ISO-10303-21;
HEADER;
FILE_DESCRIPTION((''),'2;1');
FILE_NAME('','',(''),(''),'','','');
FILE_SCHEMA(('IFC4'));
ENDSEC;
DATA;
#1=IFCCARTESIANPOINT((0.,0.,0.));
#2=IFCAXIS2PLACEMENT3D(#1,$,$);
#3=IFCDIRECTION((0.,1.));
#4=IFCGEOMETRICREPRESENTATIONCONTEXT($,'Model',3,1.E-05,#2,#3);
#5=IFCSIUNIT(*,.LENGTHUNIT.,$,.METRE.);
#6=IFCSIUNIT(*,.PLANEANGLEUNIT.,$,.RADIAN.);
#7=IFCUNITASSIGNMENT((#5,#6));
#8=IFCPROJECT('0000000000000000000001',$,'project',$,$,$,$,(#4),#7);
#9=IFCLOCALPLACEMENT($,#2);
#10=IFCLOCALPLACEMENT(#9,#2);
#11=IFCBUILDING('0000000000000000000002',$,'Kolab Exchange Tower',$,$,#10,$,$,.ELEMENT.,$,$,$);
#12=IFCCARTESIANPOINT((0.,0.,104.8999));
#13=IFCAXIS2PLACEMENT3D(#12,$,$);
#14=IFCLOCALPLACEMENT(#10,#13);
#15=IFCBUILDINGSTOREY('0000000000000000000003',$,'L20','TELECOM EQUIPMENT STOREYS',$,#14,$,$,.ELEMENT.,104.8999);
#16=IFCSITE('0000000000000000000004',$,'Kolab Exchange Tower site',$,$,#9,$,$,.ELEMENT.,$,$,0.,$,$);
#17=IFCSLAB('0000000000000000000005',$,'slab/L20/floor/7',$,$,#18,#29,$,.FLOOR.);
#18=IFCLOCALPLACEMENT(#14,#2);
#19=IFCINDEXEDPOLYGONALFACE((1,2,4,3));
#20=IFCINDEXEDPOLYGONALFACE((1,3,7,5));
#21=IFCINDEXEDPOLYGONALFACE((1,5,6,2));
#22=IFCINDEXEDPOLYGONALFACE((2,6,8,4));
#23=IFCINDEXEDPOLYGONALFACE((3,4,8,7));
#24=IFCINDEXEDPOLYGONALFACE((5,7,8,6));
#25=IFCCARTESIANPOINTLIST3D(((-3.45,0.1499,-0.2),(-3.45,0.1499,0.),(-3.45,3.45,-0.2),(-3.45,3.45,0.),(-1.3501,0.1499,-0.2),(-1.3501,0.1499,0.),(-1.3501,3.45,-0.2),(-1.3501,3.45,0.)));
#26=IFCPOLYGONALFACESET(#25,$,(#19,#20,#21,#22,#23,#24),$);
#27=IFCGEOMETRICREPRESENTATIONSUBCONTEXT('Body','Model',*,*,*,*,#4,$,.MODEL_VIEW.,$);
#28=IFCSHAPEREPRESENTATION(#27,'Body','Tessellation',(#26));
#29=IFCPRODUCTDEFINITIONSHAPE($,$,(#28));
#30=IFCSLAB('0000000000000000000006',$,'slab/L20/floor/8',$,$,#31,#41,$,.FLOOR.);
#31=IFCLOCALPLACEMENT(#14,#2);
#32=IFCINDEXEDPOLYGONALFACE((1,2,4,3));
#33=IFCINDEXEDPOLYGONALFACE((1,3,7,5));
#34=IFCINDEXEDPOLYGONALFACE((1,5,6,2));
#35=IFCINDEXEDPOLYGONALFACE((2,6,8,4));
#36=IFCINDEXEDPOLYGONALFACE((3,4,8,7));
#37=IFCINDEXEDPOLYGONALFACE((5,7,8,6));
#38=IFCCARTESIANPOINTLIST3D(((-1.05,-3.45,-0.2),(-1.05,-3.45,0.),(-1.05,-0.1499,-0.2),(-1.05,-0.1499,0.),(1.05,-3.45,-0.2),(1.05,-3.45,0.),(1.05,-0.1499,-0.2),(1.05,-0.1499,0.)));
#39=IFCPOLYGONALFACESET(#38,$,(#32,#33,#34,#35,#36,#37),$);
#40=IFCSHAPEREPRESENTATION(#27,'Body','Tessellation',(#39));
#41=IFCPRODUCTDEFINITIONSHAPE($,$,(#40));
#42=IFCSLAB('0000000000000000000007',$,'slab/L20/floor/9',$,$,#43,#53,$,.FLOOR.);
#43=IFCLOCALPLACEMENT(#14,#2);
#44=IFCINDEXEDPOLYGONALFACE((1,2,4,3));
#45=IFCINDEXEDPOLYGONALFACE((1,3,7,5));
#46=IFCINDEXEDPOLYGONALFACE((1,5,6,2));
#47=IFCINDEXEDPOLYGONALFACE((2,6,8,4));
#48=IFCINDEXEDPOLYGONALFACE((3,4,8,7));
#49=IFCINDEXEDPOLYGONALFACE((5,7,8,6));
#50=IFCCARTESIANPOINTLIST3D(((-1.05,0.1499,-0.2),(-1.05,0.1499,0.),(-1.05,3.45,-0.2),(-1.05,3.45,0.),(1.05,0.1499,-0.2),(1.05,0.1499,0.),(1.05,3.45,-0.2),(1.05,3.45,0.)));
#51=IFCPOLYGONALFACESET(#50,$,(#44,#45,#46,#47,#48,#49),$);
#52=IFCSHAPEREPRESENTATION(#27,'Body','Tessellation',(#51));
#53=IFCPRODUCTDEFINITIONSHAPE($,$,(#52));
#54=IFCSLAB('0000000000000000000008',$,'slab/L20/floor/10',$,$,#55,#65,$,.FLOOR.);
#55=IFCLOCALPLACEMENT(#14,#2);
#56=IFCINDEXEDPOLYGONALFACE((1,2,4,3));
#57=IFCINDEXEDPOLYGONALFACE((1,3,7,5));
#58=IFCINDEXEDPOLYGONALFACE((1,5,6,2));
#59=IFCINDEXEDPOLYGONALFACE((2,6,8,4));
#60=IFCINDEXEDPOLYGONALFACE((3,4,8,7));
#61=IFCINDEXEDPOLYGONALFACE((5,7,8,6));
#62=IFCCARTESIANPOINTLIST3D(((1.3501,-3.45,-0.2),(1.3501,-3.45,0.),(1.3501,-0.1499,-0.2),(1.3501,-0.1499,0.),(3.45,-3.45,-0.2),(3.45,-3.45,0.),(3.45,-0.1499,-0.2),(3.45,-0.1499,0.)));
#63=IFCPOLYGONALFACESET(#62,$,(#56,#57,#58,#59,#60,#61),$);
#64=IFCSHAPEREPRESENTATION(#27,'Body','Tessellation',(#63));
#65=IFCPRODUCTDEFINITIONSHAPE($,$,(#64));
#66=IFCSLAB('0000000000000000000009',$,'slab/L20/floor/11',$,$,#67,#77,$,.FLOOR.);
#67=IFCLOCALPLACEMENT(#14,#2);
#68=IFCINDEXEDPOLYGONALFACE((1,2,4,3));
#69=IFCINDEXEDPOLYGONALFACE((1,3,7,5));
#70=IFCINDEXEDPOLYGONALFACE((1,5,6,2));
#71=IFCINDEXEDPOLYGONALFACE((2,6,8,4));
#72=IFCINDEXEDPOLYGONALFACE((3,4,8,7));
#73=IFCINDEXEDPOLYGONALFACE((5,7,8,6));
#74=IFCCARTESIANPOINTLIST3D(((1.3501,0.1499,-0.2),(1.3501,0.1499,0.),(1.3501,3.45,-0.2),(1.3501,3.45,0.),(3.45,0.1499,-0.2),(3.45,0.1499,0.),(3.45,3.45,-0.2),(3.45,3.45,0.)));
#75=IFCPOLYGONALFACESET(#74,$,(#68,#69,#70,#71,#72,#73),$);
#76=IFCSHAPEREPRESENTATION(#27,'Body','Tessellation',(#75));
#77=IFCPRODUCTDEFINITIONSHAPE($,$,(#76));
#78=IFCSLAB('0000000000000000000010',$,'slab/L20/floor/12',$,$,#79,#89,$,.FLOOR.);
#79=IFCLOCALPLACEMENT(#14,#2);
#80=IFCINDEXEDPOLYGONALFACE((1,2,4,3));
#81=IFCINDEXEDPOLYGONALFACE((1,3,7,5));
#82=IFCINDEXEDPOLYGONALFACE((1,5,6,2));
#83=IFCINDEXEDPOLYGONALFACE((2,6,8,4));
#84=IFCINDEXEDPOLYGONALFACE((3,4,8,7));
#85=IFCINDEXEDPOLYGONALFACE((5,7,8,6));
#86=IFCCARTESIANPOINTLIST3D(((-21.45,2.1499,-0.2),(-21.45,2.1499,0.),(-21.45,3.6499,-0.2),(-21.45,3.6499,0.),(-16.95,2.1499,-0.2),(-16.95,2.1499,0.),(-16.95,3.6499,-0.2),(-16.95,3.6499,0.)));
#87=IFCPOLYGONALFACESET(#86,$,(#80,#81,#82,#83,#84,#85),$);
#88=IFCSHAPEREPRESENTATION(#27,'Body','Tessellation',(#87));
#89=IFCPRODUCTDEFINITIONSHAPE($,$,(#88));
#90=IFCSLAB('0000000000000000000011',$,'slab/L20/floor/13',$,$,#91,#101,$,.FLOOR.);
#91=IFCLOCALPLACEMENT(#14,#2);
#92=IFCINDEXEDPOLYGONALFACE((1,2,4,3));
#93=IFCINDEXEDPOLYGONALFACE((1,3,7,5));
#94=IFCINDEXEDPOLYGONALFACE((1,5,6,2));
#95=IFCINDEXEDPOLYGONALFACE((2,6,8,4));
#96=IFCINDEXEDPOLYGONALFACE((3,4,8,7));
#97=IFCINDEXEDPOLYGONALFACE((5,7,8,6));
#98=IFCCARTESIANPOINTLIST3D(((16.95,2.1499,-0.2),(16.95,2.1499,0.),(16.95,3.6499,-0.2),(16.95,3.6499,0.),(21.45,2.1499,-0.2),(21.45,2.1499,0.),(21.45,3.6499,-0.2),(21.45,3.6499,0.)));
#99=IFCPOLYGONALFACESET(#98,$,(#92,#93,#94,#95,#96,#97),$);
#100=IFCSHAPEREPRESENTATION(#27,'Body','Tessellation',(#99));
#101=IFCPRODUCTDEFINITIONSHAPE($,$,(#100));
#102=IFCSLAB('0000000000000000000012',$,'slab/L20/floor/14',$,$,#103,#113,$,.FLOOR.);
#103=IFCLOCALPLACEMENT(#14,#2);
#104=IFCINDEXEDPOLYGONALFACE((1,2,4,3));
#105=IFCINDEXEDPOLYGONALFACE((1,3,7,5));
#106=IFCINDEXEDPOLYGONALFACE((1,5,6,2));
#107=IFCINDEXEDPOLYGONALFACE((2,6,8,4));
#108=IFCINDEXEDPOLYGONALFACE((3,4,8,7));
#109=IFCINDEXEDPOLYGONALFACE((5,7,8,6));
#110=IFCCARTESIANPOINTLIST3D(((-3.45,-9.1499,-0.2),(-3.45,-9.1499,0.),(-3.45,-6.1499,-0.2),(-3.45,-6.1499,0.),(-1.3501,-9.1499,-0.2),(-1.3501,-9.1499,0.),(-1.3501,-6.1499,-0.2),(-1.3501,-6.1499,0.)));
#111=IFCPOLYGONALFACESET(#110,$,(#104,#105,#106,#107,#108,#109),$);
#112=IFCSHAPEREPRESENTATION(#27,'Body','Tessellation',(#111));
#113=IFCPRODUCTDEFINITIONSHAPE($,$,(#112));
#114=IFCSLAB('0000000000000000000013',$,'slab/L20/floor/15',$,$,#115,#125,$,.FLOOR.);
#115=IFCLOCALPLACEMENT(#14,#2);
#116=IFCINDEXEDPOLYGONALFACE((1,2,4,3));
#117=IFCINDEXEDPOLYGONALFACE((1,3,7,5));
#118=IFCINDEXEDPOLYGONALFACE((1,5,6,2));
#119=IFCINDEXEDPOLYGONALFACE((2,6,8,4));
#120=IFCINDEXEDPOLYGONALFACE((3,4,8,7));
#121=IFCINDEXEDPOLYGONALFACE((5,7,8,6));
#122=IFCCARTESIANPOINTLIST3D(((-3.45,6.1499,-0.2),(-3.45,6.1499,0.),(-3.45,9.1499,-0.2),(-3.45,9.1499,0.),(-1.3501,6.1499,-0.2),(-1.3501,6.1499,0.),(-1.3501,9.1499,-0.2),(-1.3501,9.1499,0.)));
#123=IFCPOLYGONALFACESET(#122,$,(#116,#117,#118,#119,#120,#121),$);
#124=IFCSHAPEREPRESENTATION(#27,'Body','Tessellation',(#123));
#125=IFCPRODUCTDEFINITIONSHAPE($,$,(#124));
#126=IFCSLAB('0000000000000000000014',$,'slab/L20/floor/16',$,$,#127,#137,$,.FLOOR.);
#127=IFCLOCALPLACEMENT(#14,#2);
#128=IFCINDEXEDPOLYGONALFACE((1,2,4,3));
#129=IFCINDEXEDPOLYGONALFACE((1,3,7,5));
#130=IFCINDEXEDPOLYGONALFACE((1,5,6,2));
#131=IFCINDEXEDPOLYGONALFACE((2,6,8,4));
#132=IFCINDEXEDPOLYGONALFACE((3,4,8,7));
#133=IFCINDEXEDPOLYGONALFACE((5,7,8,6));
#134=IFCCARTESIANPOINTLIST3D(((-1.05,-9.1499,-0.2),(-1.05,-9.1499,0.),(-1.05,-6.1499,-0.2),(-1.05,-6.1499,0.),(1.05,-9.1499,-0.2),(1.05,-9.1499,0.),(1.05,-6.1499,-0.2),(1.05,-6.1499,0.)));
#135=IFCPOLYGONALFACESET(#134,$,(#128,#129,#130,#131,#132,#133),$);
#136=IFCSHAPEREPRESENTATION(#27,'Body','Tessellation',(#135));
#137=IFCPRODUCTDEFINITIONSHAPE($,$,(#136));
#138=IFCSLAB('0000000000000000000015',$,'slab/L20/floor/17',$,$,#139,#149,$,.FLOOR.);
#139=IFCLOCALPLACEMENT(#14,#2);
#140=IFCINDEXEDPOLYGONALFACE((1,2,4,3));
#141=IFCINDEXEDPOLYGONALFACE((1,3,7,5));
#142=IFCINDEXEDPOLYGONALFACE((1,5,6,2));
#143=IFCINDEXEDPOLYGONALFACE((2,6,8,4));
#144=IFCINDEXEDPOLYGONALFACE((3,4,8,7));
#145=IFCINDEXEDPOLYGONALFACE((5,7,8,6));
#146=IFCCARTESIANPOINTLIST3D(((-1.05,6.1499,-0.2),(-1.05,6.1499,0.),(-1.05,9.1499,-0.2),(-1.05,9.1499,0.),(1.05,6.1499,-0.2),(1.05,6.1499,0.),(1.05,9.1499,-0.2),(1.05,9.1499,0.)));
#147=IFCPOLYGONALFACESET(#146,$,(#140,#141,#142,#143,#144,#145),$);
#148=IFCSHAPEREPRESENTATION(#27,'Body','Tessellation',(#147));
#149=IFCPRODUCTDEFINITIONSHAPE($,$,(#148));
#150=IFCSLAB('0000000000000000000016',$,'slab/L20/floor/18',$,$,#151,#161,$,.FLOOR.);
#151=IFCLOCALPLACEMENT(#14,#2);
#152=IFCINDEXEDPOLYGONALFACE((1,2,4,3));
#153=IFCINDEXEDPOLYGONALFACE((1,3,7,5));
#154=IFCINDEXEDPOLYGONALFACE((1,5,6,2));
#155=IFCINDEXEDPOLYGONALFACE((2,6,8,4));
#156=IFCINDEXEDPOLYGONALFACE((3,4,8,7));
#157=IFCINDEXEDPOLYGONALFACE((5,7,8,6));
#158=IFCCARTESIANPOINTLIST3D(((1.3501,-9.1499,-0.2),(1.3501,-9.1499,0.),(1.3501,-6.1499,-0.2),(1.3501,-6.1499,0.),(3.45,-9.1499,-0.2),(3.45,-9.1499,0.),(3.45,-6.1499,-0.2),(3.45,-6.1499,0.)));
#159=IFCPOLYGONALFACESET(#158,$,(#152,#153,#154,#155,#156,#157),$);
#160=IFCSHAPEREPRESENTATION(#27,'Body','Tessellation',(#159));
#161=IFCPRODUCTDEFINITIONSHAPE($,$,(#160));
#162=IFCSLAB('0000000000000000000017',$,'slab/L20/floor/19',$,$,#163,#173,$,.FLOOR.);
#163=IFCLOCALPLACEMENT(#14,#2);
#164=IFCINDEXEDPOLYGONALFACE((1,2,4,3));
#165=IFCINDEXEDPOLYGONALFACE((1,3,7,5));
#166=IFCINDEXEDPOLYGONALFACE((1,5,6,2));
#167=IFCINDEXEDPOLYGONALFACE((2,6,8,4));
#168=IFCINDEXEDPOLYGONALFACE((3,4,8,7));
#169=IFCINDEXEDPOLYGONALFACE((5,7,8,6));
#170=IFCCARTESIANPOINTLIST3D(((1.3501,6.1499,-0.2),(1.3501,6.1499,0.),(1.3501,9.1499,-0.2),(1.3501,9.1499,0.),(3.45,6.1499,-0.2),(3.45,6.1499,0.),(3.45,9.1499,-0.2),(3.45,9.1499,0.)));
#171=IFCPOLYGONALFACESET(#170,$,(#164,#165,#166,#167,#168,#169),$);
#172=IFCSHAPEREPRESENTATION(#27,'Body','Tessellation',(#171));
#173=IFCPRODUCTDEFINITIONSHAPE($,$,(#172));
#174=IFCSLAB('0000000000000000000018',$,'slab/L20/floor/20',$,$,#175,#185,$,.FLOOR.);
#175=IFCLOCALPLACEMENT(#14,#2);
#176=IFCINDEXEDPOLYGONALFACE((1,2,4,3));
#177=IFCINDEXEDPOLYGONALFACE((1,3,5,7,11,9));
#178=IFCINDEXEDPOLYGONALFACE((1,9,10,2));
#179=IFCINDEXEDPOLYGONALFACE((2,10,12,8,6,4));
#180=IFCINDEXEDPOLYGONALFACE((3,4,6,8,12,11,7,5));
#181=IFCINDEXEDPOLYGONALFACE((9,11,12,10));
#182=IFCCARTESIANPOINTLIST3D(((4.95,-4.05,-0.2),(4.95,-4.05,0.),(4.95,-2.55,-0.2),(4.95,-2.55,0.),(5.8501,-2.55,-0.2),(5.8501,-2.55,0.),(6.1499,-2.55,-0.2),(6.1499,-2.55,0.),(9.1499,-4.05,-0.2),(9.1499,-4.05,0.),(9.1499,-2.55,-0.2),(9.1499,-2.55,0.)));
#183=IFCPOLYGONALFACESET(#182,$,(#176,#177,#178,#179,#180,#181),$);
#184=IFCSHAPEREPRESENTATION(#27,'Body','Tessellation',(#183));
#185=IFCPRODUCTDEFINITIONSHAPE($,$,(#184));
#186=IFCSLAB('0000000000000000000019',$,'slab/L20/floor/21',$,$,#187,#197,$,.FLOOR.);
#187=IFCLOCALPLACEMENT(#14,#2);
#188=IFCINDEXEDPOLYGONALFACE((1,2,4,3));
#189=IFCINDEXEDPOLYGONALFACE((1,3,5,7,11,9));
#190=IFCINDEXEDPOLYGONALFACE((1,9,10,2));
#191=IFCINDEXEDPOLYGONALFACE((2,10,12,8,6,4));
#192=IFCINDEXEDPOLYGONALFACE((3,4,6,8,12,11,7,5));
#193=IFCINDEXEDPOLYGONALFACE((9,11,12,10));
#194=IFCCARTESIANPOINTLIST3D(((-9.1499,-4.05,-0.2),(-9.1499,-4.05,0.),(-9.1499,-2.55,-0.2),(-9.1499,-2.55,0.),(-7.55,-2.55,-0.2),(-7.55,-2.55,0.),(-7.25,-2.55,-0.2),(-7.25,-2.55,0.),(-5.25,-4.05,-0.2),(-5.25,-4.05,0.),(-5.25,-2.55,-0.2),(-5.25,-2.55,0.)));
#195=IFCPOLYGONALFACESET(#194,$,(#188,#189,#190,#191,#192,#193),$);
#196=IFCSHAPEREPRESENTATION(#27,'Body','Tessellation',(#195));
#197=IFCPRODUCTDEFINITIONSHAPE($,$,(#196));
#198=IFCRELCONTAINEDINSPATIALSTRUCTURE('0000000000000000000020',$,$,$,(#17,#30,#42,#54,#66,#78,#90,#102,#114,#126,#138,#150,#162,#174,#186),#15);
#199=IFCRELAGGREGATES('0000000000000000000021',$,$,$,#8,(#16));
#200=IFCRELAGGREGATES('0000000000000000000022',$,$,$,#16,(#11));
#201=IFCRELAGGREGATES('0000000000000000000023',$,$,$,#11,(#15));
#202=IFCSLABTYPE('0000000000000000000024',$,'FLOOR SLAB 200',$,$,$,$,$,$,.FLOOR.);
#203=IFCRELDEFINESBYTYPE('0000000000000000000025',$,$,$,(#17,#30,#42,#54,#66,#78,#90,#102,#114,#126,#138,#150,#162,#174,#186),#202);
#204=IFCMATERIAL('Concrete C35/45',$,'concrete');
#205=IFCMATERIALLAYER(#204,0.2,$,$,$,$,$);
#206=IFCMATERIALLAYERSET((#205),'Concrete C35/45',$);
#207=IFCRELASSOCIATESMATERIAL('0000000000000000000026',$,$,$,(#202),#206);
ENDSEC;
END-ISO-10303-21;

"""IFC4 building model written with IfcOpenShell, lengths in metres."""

from ifc_helpers import new_model, si_unit, direction, frame, origin, place, context, subcontext, project, spatial, polyline, outline, extrude, material, layer, layer_set, type_object, element, save


model = new_model("IFC4")

# Units and contexts
model_context = context("Model", 3, precision=1e-05, world=origin(), true_north=direction((0.0, 1.0)))
body_context = subcontext(model_context, "Body", "Model", "MODEL_VIEW")
ifc_project = project(units=[si_unit("LENGTHUNIT", "METRE"), si_unit("PLANEANGLEUNIT", "RADIAN")], contexts=[model_context])

# Site, building, storey
site_placement = place(None, origin())
site = spatial("IfcSite", under=ifc_project, at=site_placement, Name="Kolab Exchange Tower site", CompositionType="ELEMENT", RefElevation=0.0)
building_placement = place(site_placement, origin())
building = spatial("IfcBuilding", under=site, at=building_placement, Name="Kolab Exchange Tower", CompositionType="ELEMENT")
storey_placement = place(building_placement, frame((0.0, 0.0, 104.8999)))
storey = spatial("IfcBuildingStorey", under=building, at=storey_placement, Name="L20", Description="TELECOM EQUIPMENT STOREYS", CompositionType="ELEMENT", Elevation=104.8999)

# Slabs
ifc_material_1 = material(Name="Concrete C35/45", Category="concrete")
ifc_layer_1 = layer(ifc_material_1, 0.2)
ifc_layer_set_1 = layer_set([ifc_layer_1], Name="Concrete C35/45")
slab_type = type_object("IfcSlabType", Name="FLOOR SLAB 200", PredefinedType="FLOOR", material=ifc_layer_set_1)
slab_1_placement = place(storey_placement, frame((0.0, 0.0, -0.2)))
element("IfcSlab", 1, at=slab_1_placement, inside=storey, type_object=slab_type, Name="slab/L20/floor/7", PredefinedType="FLOOR", context=body_context, shape_type="SweptSolid", body=[
    extrude(outline(polyline([(-1.3501, 0.1499), (-1.3501, 3.45), (-3.45, 3.45), (-3.45, 0.1499), (-1.3501, 0.1499)])), origin(), (0.0, 0.0, 1.0), 0.2),
])
slab_2_placement = place(storey_placement, frame((0.0, 0.0, -0.2)))
element("IfcSlab", 2, at=slab_2_placement, inside=storey, type_object=slab_type, Name="slab/L20/floor/8", PredefinedType="FLOOR", context=body_context, shape_type="SweptSolid", body=[
    extrude(outline(polyline([(-1.05, -0.1499), (-1.05, -3.45), (1.05, -3.45), (1.05, -0.1499), (-1.05, -0.1499)])), origin(), (0.0, 0.0, 1.0), 0.2),
])
slab_3_placement = place(storey_placement, frame((0.0, 0.0, -0.2)))
element("IfcSlab", 3, at=slab_3_placement, inside=storey, type_object=slab_type, Name="slab/L20/floor/9", PredefinedType="FLOOR", context=body_context, shape_type="SweptSolid", body=[
    extrude(outline(polyline([(-1.05, 3.45), (-1.05, 0.1499), (1.05, 0.1499), (1.05, 3.45), (-1.05, 3.45)])), origin(), (0.0, 0.0, 1.0), 0.2),
])
slab_4_placement = place(storey_placement, frame((0.0, 0.0, -0.2)))
element("IfcSlab", 4, at=slab_4_placement, inside=storey, type_object=slab_type, Name="slab/L20/floor/10", PredefinedType="FLOOR", context=body_context, shape_type="SweptSolid", body=[
    extrude(outline(polyline([(1.3501, -3.45), (3.45, -3.45), (3.45, -0.1499), (1.3501, -0.1499), (1.3501, -3.45)])), origin(), (0.0, 0.0, 1.0), 0.2),
])
slab_5_placement = place(storey_placement, frame((0.0, 0.0, -0.2)))
element("IfcSlab", 5, at=slab_5_placement, inside=storey, type_object=slab_type, Name="slab/L20/floor/11", PredefinedType="FLOOR", context=body_context, shape_type="SweptSolid", body=[
    extrude(outline(polyline([(1.3501, 0.1499), (3.45, 0.1499), (3.45, 3.45), (1.3501, 3.45), (1.3501, 0.1499)])), origin(), (0.0, 0.0, 1.0), 0.2),
])
slab_6_placement = place(storey_placement, frame((0.0, 0.0, -0.2)))
element("IfcSlab", 6, at=slab_6_placement, inside=storey, type_object=slab_type, Name="slab/L20/floor/12", PredefinedType="FLOOR", context=body_context, shape_type="SweptSolid", body=[
    extrude(outline(polyline([(-21.45, 3.6499), (-21.45, 2.1499), (-16.95, 2.1499), (-16.95, 3.6499), (-21.45, 3.6499)])), origin(), (0.0, 0.0, 1.0), 0.2),
])
slab_7_placement = place(storey_placement, frame((0.0, 0.0, -0.2)))
element("IfcSlab", 7, at=slab_7_placement, inside=storey, type_object=slab_type, Name="slab/L20/floor/13", PredefinedType="FLOOR", context=body_context, shape_type="SweptSolid", body=[
    extrude(outline(polyline([(21.45, 3.6499), (16.95, 3.6499), (16.95, 2.1499), (21.45, 2.1499), (21.45, 3.6499)])), origin(), (0.0, 0.0, 1.0), 0.2),
])
slab_8_placement = place(storey_placement, frame((0.0, 0.0, -0.2)))
element("IfcSlab", 8, at=slab_8_placement, inside=storey, type_object=slab_type, Name="slab/L20/floor/14", PredefinedType="FLOOR", context=body_context, shape_type="SweptSolid", body=[
    extrude(outline(polyline([(-1.3501, -6.1499), (-3.45, -6.1499), (-3.45, -9.1499), (-1.3501, -9.1499), (-1.3501, -6.1499)])), origin(), (0.0, 0.0, 1.0), 0.2),
])
slab_9_placement = place(storey_placement, frame((0.0, 0.0, -0.2)))
element("IfcSlab", 9, at=slab_9_placement, inside=storey, type_object=slab_type, Name="slab/L20/floor/15", PredefinedType="FLOOR", context=body_context, shape_type="SweptSolid", body=[
    extrude(outline(polyline([(-1.3501, 6.1499), (-1.3501, 9.1499), (-3.45, 9.1499), (-3.45, 6.1499), (-1.3501, 6.1499)])), origin(), (0.0, 0.0, 1.0), 0.2),
])
slab_10_placement = place(storey_placement, frame((0.0, 0.0, -0.2)))
element("IfcSlab", 10, at=slab_10_placement, inside=storey, type_object=slab_type, Name="slab/L20/floor/16", PredefinedType="FLOOR", context=body_context, shape_type="SweptSolid", body=[
    extrude(outline(polyline([(1.05, -6.1499), (-1.05, -6.1499), (-1.05, -9.1499), (1.05, -9.1499), (1.05, -6.1499)])), origin(), (0.0, 0.0, 1.0), 0.2),
])
slab_11_placement = place(storey_placement, frame((0.0, 0.0, -0.2)))
element("IfcSlab", 11, at=slab_11_placement, inside=storey, type_object=slab_type, Name="slab/L20/floor/17", PredefinedType="FLOOR", context=body_context, shape_type="SweptSolid", body=[
    extrude(outline(polyline([(-1.05, 9.1499), (-1.05, 6.1499), (1.05, 6.1499), (1.05, 9.1499), (-1.05, 9.1499)])), origin(), (0.0, 0.0, 1.0), 0.2),
])
slab_12_placement = place(storey_placement, frame((0.0, 0.0, -0.2)))
element("IfcSlab", 12, at=slab_12_placement, inside=storey, type_object=slab_type, Name="slab/L20/floor/18", PredefinedType="FLOOR", context=body_context, shape_type="SweptSolid", body=[
    extrude(outline(polyline([(1.3501, -6.1499), (1.3501, -9.1499), (3.45, -9.1499), (3.45, -6.1499), (1.3501, -6.1499)])), origin(), (0.0, 0.0, 1.0), 0.2),
])
slab_13_placement = place(storey_placement, frame((0.0, 0.0, -0.2)))
element("IfcSlab", 13, at=slab_13_placement, inside=storey, type_object=slab_type, Name="slab/L20/floor/19", PredefinedType="FLOOR", context=body_context, shape_type="SweptSolid", body=[
    extrude(outline(polyline([(1.3501, 6.1499), (3.45, 6.1499), (3.45, 9.1499), (1.3501, 9.1499), (1.3501, 6.1499)])), origin(), (0.0, 0.0, 1.0), 0.2),
])
slab_14_placement = place(storey_placement, frame((0.0, 0.0, -0.2)))
element("IfcSlab", 14, at=slab_14_placement, inside=storey, type_object=slab_type, Name="slab/L20/floor/20", PredefinedType="FLOOR", context=body_context, shape_type="SweptSolid", body=[
    extrude(outline(polyline([(4.95, -4.05), (9.1499, -4.05), (9.1499, -2.55), (6.1499, -2.55), (5.8501, -2.55), (4.95, -2.55), (4.95, -4.05)])), origin(), (0.0, 0.0, 1.0), 0.2),
])
slab_15_placement = place(storey_placement, frame((0.0, 0.0, -0.2)))
element("IfcSlab", 15, at=slab_15_placement, inside=storey, type_object=slab_type, Name="slab/L20/floor/21", PredefinedType="FLOOR", context=body_context, shape_type="SweptSolid", body=[
    extrude(outline(polyline([(-9.1499, -2.55), (-9.1499, -4.05), (-5.25, -4.05), (-5.25, -2.55), (-7.25, -2.55), (-7.55, -2.55), (-9.1499, -2.55)])), origin(), (0.0, 0.0, 1.0), 0.2),
])

save(model, "model.ifc")
